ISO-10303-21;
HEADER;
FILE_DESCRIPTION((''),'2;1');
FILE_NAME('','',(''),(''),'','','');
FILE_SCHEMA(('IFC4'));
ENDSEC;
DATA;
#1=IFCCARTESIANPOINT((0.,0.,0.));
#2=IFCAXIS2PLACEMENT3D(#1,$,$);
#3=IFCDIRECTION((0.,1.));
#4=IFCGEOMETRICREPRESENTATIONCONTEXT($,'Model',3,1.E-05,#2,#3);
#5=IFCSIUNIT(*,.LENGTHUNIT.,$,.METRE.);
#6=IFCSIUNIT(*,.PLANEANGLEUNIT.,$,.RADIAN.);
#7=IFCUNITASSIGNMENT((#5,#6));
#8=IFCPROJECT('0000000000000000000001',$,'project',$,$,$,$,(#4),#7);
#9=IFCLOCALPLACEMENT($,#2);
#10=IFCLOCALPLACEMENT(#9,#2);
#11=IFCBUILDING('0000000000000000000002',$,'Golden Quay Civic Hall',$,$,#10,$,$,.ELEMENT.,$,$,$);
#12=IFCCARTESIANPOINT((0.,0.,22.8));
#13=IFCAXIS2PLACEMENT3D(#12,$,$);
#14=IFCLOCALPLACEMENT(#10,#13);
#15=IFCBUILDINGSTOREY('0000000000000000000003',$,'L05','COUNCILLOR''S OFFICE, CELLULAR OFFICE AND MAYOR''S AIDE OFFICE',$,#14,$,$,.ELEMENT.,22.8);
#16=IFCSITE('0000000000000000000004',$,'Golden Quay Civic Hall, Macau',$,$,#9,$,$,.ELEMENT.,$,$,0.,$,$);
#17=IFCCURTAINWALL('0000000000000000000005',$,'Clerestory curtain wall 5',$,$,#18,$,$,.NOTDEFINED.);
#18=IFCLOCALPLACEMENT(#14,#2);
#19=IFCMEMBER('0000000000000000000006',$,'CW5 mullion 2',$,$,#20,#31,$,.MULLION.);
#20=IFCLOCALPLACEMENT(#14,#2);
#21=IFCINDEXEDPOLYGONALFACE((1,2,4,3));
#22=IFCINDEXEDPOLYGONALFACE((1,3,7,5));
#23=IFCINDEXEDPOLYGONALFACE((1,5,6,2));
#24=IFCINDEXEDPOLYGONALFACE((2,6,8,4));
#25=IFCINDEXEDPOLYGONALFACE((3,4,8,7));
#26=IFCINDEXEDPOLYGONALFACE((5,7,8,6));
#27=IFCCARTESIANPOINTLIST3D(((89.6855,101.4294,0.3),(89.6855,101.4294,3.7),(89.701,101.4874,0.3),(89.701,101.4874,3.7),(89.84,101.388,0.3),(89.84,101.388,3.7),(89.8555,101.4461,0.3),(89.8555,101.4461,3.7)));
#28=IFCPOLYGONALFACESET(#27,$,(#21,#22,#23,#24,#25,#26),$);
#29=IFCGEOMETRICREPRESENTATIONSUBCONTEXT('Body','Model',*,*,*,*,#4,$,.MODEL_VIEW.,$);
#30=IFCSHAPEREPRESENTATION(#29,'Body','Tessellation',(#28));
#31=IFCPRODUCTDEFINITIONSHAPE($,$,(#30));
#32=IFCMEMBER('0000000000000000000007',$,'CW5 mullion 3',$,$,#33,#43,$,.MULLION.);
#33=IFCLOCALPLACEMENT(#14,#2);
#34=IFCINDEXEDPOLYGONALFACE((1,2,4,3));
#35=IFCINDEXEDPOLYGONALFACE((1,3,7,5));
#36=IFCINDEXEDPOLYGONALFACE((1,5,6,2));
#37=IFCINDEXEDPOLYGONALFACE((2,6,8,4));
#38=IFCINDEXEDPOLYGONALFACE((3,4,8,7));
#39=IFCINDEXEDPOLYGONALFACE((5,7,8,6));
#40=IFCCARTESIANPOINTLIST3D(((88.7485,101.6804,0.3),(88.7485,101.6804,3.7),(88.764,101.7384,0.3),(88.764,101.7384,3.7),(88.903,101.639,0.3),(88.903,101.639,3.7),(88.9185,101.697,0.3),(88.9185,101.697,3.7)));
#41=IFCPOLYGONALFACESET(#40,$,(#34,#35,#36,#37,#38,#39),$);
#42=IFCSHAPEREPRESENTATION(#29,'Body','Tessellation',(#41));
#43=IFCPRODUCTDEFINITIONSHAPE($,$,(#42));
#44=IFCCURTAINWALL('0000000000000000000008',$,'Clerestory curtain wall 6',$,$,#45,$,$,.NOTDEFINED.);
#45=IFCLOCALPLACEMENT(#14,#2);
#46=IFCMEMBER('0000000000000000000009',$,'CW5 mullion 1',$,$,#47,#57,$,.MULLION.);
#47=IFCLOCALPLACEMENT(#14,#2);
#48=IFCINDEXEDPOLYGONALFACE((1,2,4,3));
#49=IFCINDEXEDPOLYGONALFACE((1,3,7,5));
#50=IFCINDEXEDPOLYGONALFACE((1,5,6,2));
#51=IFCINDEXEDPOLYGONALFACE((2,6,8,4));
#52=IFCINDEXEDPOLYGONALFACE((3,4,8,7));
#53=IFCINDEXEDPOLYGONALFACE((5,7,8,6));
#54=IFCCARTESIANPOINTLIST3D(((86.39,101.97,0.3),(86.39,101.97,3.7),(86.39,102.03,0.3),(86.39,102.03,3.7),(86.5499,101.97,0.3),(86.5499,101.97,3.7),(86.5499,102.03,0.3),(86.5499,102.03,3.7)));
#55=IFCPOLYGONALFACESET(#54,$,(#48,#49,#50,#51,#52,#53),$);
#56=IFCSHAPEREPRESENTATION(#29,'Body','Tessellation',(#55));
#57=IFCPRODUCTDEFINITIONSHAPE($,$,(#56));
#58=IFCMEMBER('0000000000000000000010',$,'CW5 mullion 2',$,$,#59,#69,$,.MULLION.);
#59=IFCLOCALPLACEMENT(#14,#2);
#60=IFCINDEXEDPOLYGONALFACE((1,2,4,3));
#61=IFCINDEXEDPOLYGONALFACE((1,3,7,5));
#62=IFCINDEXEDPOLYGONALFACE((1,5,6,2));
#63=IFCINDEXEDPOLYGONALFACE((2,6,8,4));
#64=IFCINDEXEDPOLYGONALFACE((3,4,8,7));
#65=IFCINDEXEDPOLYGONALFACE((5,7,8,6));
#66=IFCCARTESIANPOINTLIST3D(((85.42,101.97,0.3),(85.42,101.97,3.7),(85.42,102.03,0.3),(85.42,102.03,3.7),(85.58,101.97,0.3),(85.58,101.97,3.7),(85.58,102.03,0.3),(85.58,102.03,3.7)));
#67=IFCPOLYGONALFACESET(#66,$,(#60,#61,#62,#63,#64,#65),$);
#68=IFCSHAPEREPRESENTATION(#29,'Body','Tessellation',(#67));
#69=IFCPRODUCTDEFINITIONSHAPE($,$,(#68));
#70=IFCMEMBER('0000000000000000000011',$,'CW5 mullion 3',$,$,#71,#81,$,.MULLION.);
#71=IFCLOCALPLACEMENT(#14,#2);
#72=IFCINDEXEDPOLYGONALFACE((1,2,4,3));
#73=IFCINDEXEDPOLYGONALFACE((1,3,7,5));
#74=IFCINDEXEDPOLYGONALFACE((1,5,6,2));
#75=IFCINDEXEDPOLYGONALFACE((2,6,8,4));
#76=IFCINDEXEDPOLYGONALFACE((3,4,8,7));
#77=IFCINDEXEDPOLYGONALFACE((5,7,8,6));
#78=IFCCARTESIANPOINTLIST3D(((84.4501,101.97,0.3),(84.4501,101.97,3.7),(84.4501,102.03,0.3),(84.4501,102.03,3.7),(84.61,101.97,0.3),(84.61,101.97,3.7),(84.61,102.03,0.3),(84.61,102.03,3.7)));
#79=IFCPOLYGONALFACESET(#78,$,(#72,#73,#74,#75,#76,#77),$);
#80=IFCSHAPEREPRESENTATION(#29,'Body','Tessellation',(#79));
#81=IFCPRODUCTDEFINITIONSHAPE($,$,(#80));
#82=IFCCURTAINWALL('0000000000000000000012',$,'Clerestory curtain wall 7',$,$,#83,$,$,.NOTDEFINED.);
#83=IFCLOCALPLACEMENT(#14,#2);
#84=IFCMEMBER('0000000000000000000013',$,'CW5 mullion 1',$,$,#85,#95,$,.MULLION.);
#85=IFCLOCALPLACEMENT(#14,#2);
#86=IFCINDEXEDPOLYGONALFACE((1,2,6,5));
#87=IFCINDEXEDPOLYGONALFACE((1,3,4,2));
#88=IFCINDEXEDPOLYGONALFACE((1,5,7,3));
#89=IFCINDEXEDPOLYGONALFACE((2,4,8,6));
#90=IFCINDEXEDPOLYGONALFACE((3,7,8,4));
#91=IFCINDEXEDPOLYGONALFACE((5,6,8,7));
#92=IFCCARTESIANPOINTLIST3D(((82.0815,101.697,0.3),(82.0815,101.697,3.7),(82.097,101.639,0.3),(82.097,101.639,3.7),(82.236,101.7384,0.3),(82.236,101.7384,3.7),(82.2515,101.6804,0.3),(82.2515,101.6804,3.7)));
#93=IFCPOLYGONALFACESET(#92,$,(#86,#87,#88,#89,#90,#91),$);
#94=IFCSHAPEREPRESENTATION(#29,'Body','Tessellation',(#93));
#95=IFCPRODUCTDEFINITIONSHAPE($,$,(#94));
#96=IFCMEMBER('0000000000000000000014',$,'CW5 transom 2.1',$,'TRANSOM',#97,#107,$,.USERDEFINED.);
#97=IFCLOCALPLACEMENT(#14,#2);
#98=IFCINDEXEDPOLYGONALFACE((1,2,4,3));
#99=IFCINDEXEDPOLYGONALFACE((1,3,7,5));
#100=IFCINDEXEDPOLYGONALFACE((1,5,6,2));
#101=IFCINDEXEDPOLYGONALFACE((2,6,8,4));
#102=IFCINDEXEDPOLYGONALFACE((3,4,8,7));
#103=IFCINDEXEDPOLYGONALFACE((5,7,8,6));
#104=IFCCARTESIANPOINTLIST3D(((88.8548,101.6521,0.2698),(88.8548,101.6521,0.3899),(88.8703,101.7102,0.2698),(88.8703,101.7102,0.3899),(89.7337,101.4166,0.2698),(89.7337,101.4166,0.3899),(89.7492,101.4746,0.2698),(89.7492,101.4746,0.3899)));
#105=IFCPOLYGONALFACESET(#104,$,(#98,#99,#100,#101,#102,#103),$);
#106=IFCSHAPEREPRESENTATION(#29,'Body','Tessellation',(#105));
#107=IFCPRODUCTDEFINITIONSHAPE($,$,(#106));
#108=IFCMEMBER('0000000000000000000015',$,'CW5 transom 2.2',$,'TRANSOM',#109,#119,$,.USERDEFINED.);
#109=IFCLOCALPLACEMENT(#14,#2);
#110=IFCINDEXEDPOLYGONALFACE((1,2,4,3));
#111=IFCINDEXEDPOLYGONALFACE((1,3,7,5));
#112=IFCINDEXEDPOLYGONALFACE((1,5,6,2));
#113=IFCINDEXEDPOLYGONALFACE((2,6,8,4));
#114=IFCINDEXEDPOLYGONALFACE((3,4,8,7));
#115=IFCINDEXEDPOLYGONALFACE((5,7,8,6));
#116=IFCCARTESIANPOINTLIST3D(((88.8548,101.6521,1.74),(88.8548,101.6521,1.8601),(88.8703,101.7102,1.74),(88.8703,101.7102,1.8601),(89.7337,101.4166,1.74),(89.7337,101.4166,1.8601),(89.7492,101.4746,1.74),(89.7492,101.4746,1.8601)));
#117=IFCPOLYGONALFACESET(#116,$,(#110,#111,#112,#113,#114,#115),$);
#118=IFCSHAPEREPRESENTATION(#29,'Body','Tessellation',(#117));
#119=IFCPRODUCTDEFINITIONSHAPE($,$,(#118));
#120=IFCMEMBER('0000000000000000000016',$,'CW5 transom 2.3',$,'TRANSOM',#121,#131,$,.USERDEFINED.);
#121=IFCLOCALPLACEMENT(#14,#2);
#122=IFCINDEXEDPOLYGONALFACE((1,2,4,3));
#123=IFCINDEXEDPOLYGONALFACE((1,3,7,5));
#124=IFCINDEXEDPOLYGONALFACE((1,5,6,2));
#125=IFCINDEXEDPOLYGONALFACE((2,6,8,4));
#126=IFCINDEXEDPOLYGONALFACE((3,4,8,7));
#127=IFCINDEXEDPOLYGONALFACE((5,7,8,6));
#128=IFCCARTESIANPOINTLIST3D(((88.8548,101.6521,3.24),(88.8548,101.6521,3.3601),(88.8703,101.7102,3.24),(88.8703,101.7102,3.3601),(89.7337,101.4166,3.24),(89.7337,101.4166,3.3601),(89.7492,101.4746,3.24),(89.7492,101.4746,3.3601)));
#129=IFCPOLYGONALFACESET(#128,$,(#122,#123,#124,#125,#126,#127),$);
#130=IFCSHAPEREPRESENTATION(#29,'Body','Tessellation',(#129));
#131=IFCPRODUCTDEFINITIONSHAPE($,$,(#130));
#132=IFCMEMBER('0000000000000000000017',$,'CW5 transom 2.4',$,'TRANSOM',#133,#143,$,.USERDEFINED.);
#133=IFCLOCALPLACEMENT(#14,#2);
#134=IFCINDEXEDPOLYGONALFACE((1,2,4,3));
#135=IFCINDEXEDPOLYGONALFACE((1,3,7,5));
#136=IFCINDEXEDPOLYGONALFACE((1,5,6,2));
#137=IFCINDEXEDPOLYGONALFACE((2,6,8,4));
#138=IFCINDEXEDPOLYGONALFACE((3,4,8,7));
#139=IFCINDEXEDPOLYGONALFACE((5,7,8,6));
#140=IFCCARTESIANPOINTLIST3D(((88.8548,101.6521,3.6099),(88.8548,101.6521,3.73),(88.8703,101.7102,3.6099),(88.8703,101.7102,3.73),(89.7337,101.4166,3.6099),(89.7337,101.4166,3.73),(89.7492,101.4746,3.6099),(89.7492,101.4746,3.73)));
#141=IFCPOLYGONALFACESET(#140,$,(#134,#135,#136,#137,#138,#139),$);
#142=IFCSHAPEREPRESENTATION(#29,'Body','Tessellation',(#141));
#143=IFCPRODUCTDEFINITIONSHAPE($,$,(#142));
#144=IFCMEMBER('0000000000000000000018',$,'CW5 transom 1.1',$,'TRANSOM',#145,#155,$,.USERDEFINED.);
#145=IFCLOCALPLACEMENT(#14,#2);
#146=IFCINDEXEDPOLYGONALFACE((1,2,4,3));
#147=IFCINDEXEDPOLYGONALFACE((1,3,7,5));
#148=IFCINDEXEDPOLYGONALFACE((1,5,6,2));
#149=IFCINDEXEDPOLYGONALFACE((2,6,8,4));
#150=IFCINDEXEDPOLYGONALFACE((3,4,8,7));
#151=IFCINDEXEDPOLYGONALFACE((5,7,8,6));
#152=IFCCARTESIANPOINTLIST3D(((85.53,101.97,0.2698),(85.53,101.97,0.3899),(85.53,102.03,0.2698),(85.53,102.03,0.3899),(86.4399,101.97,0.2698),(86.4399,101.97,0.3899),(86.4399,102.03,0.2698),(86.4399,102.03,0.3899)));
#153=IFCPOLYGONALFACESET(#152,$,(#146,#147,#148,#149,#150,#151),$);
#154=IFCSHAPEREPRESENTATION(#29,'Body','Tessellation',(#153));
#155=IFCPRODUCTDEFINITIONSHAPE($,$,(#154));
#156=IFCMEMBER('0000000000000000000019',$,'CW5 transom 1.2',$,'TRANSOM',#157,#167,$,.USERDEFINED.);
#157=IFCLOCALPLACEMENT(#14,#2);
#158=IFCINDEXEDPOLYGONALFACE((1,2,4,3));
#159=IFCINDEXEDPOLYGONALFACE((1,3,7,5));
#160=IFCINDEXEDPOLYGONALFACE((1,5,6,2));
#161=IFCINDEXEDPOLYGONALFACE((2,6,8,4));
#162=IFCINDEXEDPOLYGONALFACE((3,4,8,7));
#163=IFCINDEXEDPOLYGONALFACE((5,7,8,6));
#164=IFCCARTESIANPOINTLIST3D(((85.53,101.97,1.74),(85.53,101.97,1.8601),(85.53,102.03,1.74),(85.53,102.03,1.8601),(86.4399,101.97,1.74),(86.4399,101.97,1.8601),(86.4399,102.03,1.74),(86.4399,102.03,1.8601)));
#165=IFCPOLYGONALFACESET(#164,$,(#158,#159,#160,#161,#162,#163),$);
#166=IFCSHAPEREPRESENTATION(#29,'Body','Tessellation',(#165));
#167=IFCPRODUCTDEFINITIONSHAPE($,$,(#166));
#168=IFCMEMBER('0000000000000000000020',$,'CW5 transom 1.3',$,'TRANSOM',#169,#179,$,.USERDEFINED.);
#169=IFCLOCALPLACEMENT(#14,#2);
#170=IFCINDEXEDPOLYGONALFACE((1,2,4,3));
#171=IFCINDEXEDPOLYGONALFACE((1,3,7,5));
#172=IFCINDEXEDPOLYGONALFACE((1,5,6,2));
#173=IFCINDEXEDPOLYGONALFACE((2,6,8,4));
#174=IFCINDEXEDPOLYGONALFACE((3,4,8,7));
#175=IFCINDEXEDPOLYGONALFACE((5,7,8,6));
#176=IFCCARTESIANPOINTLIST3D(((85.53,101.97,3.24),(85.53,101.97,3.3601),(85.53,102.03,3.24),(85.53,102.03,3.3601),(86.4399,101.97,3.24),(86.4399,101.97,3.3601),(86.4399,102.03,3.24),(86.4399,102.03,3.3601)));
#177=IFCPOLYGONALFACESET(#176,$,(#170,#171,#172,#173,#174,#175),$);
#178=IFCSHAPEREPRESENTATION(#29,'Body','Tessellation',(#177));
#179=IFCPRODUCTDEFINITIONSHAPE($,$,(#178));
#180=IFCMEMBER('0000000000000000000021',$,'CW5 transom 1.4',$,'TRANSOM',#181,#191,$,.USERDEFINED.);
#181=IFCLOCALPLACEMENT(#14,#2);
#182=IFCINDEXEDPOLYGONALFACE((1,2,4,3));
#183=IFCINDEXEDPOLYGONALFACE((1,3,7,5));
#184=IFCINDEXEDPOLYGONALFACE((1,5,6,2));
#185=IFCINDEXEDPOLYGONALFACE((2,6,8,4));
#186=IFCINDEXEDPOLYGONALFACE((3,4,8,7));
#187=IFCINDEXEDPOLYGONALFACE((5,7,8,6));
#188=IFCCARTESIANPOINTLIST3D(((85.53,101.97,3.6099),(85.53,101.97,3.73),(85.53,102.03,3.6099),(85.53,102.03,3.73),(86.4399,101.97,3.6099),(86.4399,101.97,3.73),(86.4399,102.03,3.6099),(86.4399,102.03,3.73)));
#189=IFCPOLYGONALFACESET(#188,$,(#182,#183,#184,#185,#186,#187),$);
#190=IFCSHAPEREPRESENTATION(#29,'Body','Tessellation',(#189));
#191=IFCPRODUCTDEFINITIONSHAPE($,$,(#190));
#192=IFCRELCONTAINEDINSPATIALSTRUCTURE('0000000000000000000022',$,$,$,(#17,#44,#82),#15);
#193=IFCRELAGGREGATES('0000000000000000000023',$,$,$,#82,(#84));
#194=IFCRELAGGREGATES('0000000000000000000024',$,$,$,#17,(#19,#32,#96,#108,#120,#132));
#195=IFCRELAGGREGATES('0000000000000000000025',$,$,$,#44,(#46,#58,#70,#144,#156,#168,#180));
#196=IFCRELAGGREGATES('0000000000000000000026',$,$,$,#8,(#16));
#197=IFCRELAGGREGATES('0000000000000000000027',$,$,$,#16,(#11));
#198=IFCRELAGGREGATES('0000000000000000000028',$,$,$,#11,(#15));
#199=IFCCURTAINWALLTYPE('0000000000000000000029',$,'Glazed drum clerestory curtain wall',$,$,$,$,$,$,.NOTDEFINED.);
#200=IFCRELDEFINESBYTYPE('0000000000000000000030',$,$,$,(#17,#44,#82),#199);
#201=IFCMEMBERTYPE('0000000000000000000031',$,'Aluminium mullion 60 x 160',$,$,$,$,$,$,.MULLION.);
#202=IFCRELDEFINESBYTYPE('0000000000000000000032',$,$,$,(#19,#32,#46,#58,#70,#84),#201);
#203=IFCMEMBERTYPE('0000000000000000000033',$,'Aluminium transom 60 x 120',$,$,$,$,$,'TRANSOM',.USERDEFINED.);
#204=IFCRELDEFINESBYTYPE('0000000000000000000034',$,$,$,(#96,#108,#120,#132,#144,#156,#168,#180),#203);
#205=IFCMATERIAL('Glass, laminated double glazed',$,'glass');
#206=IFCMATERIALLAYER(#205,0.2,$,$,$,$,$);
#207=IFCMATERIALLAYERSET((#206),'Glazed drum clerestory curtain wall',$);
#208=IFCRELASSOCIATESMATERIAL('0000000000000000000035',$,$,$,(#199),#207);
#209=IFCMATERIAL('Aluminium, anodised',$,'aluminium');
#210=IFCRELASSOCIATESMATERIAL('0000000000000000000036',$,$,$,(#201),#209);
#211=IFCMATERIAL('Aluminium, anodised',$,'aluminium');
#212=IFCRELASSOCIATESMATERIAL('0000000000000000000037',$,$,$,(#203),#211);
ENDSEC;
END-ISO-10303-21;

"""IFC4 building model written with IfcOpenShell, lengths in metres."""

from ifc_helpers import new_model, si_unit, direction, frame, origin, origin_2d, place, context, subcontext, project, spatial, rectangle, extrude, material, layer, layer_set, material_profile, profile_set, type_object, element, aggregate, save


model = new_model("IFC4")

# Units and contexts
model_context = context("Model", 3, precision=1e-05, world=origin(), true_north=direction((0.0, 1.0)))
body_context = subcontext(model_context, "Body", "Model", "MODEL_VIEW")
ifc_project = project(units=[si_unit("LENGTHUNIT", "METRE"), si_unit("PLANEANGLEUNIT", "RADIAN")], contexts=[model_context])

# Site, building, storey
site_placement = place(None, origin())
site = spatial("IfcSite", under=ifc_project, at=site_placement, Name="Golden Quay Civic Hall, Macau", CompositionType="ELEMENT", RefElevation=0.0)
building_placement = place(site_placement, origin())
building = spatial("IfcBuilding", under=site, at=building_placement, Name="Golden Quay Civic Hall", CompositionType="ELEMENT")
storey_placement = place(building_placement, frame((0.0, 0.0, 22.8)))
storey = spatial("IfcBuildingStorey", under=building, at=storey_placement, Name="L05", Description="COUNCILLOR'S OFFICE, CELLULAR OFFICE AND MAYOR'S AIDE OFFICE", CompositionType="ELEMENT", Elevation=22.8)

# Curtain walls, members
ifc_material_1 = material(Name="Glass, laminated double glazed", Category="glass")
ifc_layer_1 = layer(ifc_material_1, 0.2)
ifc_layer_set_1 = layer_set([ifc_layer_1], Name="Glazed drum clerestory curtain wall")
curtain_wall_type = type_object("IfcCurtainWallType", Name="Glazed drum clerestory curtain wall", PredefinedType="NOTDEFINED", material=ifc_layer_set_1)
curtain_wall_1_placement = place(storey_placement, origin())
curtain_wall_1 = element("IfcCurtainWall", 1, at=curtain_wall_1_placement, inside=storey, type_object=curtain_wall_type, Name="Clerestory curtain wall 5", PredefinedType="NOTDEFINED")
ifc_material_2 = material(Name="Aluminium, anodised", Category="aluminium")
ifc_material_profile_1 = material_profile(ifc_material_2, rectangle(XDim=0.0601, YDim=0.1599, at=origin_2d()), Name="Aluminium 60 x 160")
ifc_profile_set_1 = profile_set([ifc_material_profile_1], Name="Aluminium, anodised")
member_type_1 = type_object("IfcMemberType", Name="Aluminium mullion 60 x 160", PredefinedType="MULLION", material=ifc_profile_set_1)
member_1_placement = place(storey_placement, frame((89.7705, 101.4377, 0.3), z_axis=(0.0, 0.0, 1.0), x_axis=(-0.258808, -0.965929, 0.0)))
member_1 = element("IfcMember", 2, at=member_1_placement, type_object=member_type_1, Name="CW5 mullion 2", PredefinedType="MULLION", context=body_context, shape_type="SweptSolid", body=[
    extrude(rectangle(XDim=0.0601, YDim=0.1599, at=origin_2d()), origin(), (0.0, 0.0, 1.0), 3.3999),
])
member_2_placement = place(storey_placement, frame((88.8335, 101.6887, 0.3), z_axis=(0.0, 0.0, 1.0), x_axis=(-0.258808, -0.965929, 0.0)))
member_2 = element("IfcMember", 3, at=member_2_placement, type_object=member_type_1, Name="CW5 mullion 3", PredefinedType="MULLION", context=body_context, shape_type="SweptSolid", body=[
    extrude(rectangle(XDim=0.0601, YDim=0.1599, at=origin_2d()), origin(), (0.0, 0.0, 1.0), 3.3999),
])
curtain_wall_2_placement = place(storey_placement, origin())
curtain_wall_2 = element("IfcCurtainWall", 4, at=curtain_wall_2_placement, inside=storey, type_object=curtain_wall_type, Name="Clerestory curtain wall 6", PredefinedType="NOTDEFINED")
member_3_placement = place(storey_placement, frame((86.47, 102.0, 0.3), z_axis=(0.0, 0.0, 1.0), x_axis=(0.0, -1.0, 0.0)))
member_3 = element("IfcMember", 5, at=member_3_placement, type_object=member_type_1, Name="CW5 mullion 1", PredefinedType="MULLION", context=body_context, shape_type="SweptSolid", body=[
    extrude(rectangle(XDim=0.0601, YDim=0.1599, at=origin_2d()), origin(), (0.0, 0.0, 1.0), 3.3999),
])
member_4_placement = place(storey_placement, frame((85.5, 102.0, 0.3), z_axis=(0.0, 0.0, 1.0), x_axis=(0.0, -1.0, 0.0)))
member_4 = element("IfcMember", 6, at=member_4_placement, type_object=member_type_1, Name="CW5 mullion 2", PredefinedType="MULLION", context=body_context, shape_type="SweptSolid", body=[
    extrude(rectangle(XDim=0.0601, YDim=0.1599, at=origin_2d()), origin(), (0.0, 0.0, 1.0), 3.3999),
])
member_5_placement = place(storey_placement, frame((84.53, 102.0, 0.3), z_axis=(0.0, 0.0, 1.0), x_axis=(0.0, -1.0, 0.0)))
member_5 = element("IfcMember", 7, at=member_5_placement, type_object=member_type_1, Name="CW5 mullion 3", PredefinedType="MULLION", context=body_context, shape_type="SweptSolid", body=[
    extrude(rectangle(XDim=0.0601, YDim=0.1599, at=origin_2d()), origin(), (0.0, 0.0, 1.0), 3.3999),
])

# Curtain wall, member
curtain_wall_3_placement = place(storey_placement, origin())
curtain_wall_3 = element("IfcCurtainWall", 8, at=curtain_wall_3_placement, inside=storey, type_object=curtain_wall_type, Name="Clerestory curtain wall 7", PredefinedType="NOTDEFINED")
member_6_placement = place(storey_placement, frame((82.1665, 101.6887, 0.3), z_axis=(0.0, 0.0, 1.0), x_axis=(0.258808, -0.965929, 0.0)))
member_6 = element("IfcMember", 9, at=member_6_placement, type_object=member_type_1, Name="CW5 mullion 1", PredefinedType="MULLION", context=body_context, shape_type="SweptSolid", body=[
    extrude(rectangle(XDim=0.0601, YDim=0.1599, at=origin_2d()), origin(), (0.0, 0.0, 1.0), 3.3999),
])

# Members
ifc_material_3 = material(Name="Aluminium, anodised", Category="aluminium")
ifc_material_profile_2 = material_profile(ifc_material_3, rectangle(XDim=0.0601, YDim=0.1201, at=origin_2d()), Name="Aluminium 60 x 120")
ifc_profile_set_2 = profile_set([ifc_material_profile_2], Name="Aluminium, anodised")
member_type_2 = type_object("IfcMemberType", Name="Aluminium transom 60 x 120", ElementType="TRANSOM", PredefinedType="USERDEFINED", material=ifc_profile_set_2)
member_7_placement = place(storey_placement, frame((89.7415, 101.4456, 0.3298), z_axis=(-0.9659, 0.258915, 0.0), x_axis=(-0.258915, -0.9659, 0.0)))
member_7 = element("IfcMember", 10, at=member_7_placement, type_object=member_type_2, Name="CW5 transom 2.1", ObjectType="TRANSOM", PredefinedType="USERDEFINED", context=body_context, shape_type="SweptSolid", body=[
    extrude(rectangle(XDim=0.0601, YDim=0.1201, at=origin_2d()), origin(), (0.0, 0.0, 1.0), 0.9099),
])
member_8_placement = place(storey_placement, frame((89.7415, 101.4456, 1.8), z_axis=(-0.9659, 0.258915, 0.0), x_axis=(-0.258915, -0.9659, 0.0)))
member_8 = element("IfcMember", 11, at=member_8_placement, type_object=member_type_2, Name="CW5 transom 2.2", ObjectType="TRANSOM", PredefinedType="USERDEFINED", context=body_context, shape_type="SweptSolid", body=[
    extrude(rectangle(XDim=0.0601, YDim=0.1201, at=origin_2d()), origin(), (0.0, 0.0, 1.0), 0.9099),
])
member_9_placement = place(storey_placement, frame((89.7415, 101.4456, 3.3), z_axis=(-0.9659, 0.258915, 0.0), x_axis=(-0.258915, -0.9659, 0.0)))
member_9 = element("IfcMember", 12, at=member_9_placement, type_object=member_type_2, Name="CW5 transom 2.3", ObjectType="TRANSOM", PredefinedType="USERDEFINED", context=body_context, shape_type="SweptSolid", body=[
    extrude(rectangle(XDim=0.0601, YDim=0.1201, at=origin_2d()), origin(), (0.0, 0.0, 1.0), 0.9099),
])
member_10_placement = place(storey_placement, frame((89.7415, 101.4456, 3.6699), z_axis=(-0.9659, 0.258915, 0.0), x_axis=(-0.258915, -0.9659, 0.0)))
member_10 = element("IfcMember", 13, at=member_10_placement, type_object=member_type_2, Name="CW5 transom 2.4", ObjectType="TRANSOM", PredefinedType="USERDEFINED", context=body_context, shape_type="SweptSolid", body=[
    extrude(rectangle(XDim=0.0601, YDim=0.1201, at=origin_2d()), origin(), (0.0, 0.0, 1.0), 0.9099),
])
member_11_placement = place(storey_placement, frame((86.4399, 102.0, 0.3298), z_axis=(-1.0, 0.0, 0.0), x_axis=(0.0, -1.0, 0.0)))
member_11 = element("IfcMember", 14, at=member_11_placement, type_object=member_type_2, Name="CW5 transom 1.1", ObjectType="TRANSOM", PredefinedType="USERDEFINED", context=body_context, shape_type="SweptSolid", body=[
    extrude(rectangle(XDim=0.0601, YDim=0.1201, at=origin_2d()), origin(), (0.0, 0.0, 1.0), 0.9099),
])
member_12_placement = place(storey_placement, frame((86.4399, 102.0, 1.8), z_axis=(-1.0, 0.0, 0.0), x_axis=(0.0, -1.0, 0.0)))
member_12 = element("IfcMember", 15, at=member_12_placement, type_object=member_type_2, Name="CW5 transom 1.2", ObjectType="TRANSOM", PredefinedType="USERDEFINED", context=body_context, shape_type="SweptSolid", body=[
    extrude(rectangle(XDim=0.0601, YDim=0.1201, at=origin_2d()), origin(), (0.0, 0.0, 1.0), 0.9099),
])
member_13_placement = place(storey_placement, frame((86.4399, 102.0, 3.3), z_axis=(-1.0, 0.0, 0.0), x_axis=(0.0, -1.0, 0.0)))
member_13 = element("IfcMember", 16, at=member_13_placement, type_object=member_type_2, Name="CW5 transom 1.3", ObjectType="TRANSOM", PredefinedType="USERDEFINED", context=body_context, shape_type="SweptSolid", body=[
    extrude(rectangle(XDim=0.0601, YDim=0.1201, at=origin_2d()), origin(), (0.0, 0.0, 1.0), 0.9099),
])
member_14_placement = place(storey_placement, frame((86.4399, 102.0, 3.6699), z_axis=(-1.0, 0.0, 0.0), x_axis=(0.0, -1.0, 0.0)))
member_14 = element("IfcMember", 17, at=member_14_placement, type_object=member_type_2, Name="CW5 transom 1.4", ObjectType="TRANSOM", PredefinedType="USERDEFINED", context=body_context, shape_type="SweptSolid", body=[
    extrude(rectangle(XDim=0.0601, YDim=0.1201, at=origin_2d()), origin(), (0.0, 0.0, 1.0), 0.9099),
])
aggregate(curtain_wall_3, [member_6])

aggregate(curtain_wall_1, [member_1, member_2, member_7, member_8, member_9, member_10])
aggregate(curtain_wall_2, [member_3, member_4, member_5, member_11, member_12, member_13, member_14])

save(model, "model.ifc")
